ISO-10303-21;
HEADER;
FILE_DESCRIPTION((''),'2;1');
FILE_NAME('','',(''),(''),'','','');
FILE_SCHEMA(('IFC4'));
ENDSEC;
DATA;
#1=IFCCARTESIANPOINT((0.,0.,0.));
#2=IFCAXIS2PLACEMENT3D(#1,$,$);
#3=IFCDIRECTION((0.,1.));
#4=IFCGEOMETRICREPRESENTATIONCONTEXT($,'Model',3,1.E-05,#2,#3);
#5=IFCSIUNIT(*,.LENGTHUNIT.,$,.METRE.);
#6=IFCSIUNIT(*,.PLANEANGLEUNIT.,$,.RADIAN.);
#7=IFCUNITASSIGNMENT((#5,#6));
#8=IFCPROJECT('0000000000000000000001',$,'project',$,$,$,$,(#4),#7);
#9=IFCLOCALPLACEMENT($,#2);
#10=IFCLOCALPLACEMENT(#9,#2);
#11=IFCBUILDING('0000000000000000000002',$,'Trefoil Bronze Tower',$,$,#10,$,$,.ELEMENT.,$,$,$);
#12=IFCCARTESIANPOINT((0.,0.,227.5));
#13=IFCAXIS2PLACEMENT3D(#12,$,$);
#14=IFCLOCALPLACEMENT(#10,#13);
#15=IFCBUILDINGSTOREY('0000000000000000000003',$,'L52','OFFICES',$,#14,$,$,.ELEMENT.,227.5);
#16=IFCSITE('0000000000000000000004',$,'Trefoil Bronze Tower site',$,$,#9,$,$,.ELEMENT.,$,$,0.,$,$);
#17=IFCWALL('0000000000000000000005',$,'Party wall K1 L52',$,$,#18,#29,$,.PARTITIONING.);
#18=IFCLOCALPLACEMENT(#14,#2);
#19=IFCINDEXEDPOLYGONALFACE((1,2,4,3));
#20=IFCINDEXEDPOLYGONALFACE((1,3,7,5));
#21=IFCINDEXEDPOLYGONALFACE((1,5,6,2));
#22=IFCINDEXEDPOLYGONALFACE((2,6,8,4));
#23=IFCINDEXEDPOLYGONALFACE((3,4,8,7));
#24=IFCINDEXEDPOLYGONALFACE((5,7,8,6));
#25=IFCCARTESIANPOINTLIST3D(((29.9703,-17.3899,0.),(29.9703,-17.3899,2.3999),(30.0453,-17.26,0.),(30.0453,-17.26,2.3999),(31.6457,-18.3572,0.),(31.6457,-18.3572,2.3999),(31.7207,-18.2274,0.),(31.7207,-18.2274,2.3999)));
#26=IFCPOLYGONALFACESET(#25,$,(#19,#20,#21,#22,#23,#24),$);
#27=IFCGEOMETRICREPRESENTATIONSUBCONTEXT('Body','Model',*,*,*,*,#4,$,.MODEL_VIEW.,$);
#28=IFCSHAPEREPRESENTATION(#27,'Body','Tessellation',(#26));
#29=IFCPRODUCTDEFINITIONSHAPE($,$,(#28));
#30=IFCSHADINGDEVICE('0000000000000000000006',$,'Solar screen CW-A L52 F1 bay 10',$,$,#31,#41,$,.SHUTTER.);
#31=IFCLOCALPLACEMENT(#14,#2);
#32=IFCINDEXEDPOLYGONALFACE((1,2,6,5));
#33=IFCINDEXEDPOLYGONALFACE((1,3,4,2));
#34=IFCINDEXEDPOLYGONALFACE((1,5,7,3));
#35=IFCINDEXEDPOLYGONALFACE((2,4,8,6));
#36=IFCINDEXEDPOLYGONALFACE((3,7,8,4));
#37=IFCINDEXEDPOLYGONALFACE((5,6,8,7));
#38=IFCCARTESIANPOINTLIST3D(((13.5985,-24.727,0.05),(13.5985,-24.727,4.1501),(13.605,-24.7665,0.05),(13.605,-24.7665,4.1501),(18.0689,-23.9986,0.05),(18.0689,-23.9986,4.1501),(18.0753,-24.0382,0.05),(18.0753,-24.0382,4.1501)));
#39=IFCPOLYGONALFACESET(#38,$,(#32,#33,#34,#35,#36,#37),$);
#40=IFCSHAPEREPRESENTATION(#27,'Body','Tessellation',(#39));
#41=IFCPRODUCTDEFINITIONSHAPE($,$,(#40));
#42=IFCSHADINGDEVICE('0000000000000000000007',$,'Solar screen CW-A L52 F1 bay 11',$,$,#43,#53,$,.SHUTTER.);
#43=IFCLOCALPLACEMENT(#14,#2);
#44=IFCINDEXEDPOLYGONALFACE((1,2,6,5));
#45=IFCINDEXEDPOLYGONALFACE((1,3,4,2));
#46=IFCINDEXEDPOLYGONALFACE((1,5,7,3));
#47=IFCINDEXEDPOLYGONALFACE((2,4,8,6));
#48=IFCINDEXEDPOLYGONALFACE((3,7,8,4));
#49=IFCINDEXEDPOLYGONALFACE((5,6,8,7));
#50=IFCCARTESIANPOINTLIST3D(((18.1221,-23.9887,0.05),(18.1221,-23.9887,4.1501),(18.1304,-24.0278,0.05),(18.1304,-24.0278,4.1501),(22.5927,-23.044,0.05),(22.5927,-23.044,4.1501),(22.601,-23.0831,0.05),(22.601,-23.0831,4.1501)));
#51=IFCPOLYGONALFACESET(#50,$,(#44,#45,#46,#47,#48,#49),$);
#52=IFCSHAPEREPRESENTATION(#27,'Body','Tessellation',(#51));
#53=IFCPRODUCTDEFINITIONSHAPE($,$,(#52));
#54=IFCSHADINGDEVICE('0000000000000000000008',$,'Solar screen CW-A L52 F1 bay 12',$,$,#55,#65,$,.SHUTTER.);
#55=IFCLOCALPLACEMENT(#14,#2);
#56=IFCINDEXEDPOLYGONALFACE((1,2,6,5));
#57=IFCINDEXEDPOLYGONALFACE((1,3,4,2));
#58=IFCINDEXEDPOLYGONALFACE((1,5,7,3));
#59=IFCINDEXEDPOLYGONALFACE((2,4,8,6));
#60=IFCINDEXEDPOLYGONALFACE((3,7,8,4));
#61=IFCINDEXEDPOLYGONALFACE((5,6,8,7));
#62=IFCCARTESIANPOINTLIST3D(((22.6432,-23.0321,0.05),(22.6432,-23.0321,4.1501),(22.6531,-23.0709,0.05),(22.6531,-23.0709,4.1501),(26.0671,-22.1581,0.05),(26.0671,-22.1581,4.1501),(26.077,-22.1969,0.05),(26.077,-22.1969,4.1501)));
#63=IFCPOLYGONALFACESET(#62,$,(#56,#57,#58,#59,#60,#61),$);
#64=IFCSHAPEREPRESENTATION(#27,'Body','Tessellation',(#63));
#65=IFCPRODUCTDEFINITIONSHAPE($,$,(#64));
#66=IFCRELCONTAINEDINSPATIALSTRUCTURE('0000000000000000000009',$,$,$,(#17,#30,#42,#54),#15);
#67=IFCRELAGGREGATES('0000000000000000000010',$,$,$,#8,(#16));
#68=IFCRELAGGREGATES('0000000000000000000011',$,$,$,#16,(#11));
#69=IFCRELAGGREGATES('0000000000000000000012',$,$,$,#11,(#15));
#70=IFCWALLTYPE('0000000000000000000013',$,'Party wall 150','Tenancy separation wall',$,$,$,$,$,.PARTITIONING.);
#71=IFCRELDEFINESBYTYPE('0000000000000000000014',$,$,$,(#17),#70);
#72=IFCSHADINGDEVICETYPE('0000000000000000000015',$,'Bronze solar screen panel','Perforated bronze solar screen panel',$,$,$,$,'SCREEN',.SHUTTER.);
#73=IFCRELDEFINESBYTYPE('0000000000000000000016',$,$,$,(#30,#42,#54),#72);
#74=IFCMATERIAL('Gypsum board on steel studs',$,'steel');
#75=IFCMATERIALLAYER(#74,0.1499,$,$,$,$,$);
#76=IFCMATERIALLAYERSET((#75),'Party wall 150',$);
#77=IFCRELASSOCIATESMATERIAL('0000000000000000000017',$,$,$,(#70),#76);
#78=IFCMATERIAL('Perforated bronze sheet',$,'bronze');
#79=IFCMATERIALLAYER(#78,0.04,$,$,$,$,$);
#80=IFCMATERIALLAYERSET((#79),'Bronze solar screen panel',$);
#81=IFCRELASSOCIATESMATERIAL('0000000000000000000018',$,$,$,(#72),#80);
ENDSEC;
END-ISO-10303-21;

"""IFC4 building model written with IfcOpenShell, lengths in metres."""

from ifc_helpers import new_model, si_unit, direction, frame, frame_2d, origin, origin_2d, place, context, subcontext, project, spatial, rectangle, extrude, material, layer, layer_set, type_object, element, save


model = new_model("IFC4")

# Units and contexts
model_context = context("Model", 3, precision=1e-05, world=origin(), true_north=direction((0.0, 1.0)))
body_context = subcontext(model_context, "Body", "Model", "MODEL_VIEW")
ifc_project = project(units=[si_unit("LENGTHUNIT", "METRE"), si_unit("PLANEANGLEUNIT", "RADIAN")], contexts=[model_context])

# Site, building, storey
site_placement = place(None, origin())
site = spatial("IfcSite", under=ifc_project, at=site_placement, Name="Trefoil Bronze Tower site", CompositionType="ELEMENT", RefElevation=0.0)
building_placement = place(site_placement, origin())
building = spatial("IfcBuilding", under=site, at=building_placement, Name="Trefoil Bronze Tower", CompositionType="ELEMENT")
storey_placement = place(building_placement, frame((0.0, 0.0, 227.5)))
storey = spatial("IfcBuildingStorey", under=building, at=storey_placement, Name="L52", Description="OFFICES", CompositionType="ELEMENT", Elevation=227.5)

# Wall
ifc_material_1 = material(Name="Gypsum board on steel studs", Category="steel")
ifc_layer_1 = layer(ifc_material_1, 0.1499)
ifc_layer_set_1 = layer_set([ifc_layer_1], Name="Party wall 150")
wall_type = type_object("IfcWallType", Name="Party wall 150", Description="Tenancy separation wall", PredefinedType="PARTITIONING", material=ifc_layer_set_1)
wall_placement = place(storey_placement, frame((30.0078, -17.325, 0.0), z_axis=(0.0, 0.0, 1.0), x_axis=(0.866013, -0.500021, 0.0)))
element("IfcWall", 1, at=wall_placement, inside=storey, type_object=wall_type, Name="Party wall K1 L52", PredefinedType="PARTITIONING", context=body_context, shape_type="SweptSolid", body=[
    extrude(rectangle(XDim=1.9346, YDim=0.1499, at=frame_2d((0.9673, 0.0))), origin(), (0.0, 0.0, 1.0), 2.3999),
])

# Shading devices
ifc_material_2 = material(Name="Perforated bronze sheet", Category="bronze")
ifc_layer_2 = layer(ifc_material_2, 0.04)
ifc_layer_set_2 = layer_set([ifc_layer_2], Name="Bronze solar screen panel")
shading_device_type = type_object("IfcShadingDeviceType", Name="Bronze solar screen panel", Description="Perforated bronze solar screen panel", ElementType="SCREEN", PredefinedType="SHUTTER", material=ifc_layer_set_2)
shading_device_1_placement = place(storey_placement, frame((15.8369, -24.3826, 0.05), z_axis=(0.0, 0.0, 1.0), x_axis=(0.986987, 0.160803, 0.0)))
element("IfcShadingDevice", 2, at=shading_device_1_placement, inside=storey, type_object=shading_device_type, Name="Solar screen CW-A L52 F1 bay 10", PredefinedType="SHUTTER", context=body_context, shape_type="SweptSolid", body=[
    extrude(rectangle(XDim=4.5293, YDim=0.04, at=origin_2d()), origin(), (0.0, 0.0, 1.0), 4.1001),
])
shading_device_2_placement = place(storey_placement, frame((20.3616, -23.5359, 0.05), z_axis=(0.0, 0.0, 1.0), x_axis=(0.978394, 0.206747, 0.0)))
element("IfcShadingDevice", 3, at=shading_device_2_placement, inside=storey, type_object=shading_device_type, Name="Solar screen CW-A L52 F1 bay 11", PredefinedType="SHUTTER", context=body_context, shape_type="SweptSolid", body=[
    extrude(rectangle(XDim=4.5693, YDim=0.04, at=origin_2d()), origin(), (0.0, 0.0, 1.0), 4.1001),
])
shading_device_3_placement = place(storey_placement, frame((24.3601, -22.6145, 0.05), z_axis=(0.0, 0.0, 1.0), x_axis=(0.968934, 0.247319, 0.0)))
element("IfcShadingDevice", 4, at=shading_device_3_placement, inside=storey, type_object=shading_device_type, Name="Solar screen CW-A L52 F1 bay 12", PredefinedType="SHUTTER", context=body_context, shape_type="SweptSolid", body=[
    extrude(rectangle(XDim=3.5337, YDim=0.04, at=origin_2d()), origin(), (0.0, 0.0, 1.0), 4.1001),
])

save(model, "model.ifc")
